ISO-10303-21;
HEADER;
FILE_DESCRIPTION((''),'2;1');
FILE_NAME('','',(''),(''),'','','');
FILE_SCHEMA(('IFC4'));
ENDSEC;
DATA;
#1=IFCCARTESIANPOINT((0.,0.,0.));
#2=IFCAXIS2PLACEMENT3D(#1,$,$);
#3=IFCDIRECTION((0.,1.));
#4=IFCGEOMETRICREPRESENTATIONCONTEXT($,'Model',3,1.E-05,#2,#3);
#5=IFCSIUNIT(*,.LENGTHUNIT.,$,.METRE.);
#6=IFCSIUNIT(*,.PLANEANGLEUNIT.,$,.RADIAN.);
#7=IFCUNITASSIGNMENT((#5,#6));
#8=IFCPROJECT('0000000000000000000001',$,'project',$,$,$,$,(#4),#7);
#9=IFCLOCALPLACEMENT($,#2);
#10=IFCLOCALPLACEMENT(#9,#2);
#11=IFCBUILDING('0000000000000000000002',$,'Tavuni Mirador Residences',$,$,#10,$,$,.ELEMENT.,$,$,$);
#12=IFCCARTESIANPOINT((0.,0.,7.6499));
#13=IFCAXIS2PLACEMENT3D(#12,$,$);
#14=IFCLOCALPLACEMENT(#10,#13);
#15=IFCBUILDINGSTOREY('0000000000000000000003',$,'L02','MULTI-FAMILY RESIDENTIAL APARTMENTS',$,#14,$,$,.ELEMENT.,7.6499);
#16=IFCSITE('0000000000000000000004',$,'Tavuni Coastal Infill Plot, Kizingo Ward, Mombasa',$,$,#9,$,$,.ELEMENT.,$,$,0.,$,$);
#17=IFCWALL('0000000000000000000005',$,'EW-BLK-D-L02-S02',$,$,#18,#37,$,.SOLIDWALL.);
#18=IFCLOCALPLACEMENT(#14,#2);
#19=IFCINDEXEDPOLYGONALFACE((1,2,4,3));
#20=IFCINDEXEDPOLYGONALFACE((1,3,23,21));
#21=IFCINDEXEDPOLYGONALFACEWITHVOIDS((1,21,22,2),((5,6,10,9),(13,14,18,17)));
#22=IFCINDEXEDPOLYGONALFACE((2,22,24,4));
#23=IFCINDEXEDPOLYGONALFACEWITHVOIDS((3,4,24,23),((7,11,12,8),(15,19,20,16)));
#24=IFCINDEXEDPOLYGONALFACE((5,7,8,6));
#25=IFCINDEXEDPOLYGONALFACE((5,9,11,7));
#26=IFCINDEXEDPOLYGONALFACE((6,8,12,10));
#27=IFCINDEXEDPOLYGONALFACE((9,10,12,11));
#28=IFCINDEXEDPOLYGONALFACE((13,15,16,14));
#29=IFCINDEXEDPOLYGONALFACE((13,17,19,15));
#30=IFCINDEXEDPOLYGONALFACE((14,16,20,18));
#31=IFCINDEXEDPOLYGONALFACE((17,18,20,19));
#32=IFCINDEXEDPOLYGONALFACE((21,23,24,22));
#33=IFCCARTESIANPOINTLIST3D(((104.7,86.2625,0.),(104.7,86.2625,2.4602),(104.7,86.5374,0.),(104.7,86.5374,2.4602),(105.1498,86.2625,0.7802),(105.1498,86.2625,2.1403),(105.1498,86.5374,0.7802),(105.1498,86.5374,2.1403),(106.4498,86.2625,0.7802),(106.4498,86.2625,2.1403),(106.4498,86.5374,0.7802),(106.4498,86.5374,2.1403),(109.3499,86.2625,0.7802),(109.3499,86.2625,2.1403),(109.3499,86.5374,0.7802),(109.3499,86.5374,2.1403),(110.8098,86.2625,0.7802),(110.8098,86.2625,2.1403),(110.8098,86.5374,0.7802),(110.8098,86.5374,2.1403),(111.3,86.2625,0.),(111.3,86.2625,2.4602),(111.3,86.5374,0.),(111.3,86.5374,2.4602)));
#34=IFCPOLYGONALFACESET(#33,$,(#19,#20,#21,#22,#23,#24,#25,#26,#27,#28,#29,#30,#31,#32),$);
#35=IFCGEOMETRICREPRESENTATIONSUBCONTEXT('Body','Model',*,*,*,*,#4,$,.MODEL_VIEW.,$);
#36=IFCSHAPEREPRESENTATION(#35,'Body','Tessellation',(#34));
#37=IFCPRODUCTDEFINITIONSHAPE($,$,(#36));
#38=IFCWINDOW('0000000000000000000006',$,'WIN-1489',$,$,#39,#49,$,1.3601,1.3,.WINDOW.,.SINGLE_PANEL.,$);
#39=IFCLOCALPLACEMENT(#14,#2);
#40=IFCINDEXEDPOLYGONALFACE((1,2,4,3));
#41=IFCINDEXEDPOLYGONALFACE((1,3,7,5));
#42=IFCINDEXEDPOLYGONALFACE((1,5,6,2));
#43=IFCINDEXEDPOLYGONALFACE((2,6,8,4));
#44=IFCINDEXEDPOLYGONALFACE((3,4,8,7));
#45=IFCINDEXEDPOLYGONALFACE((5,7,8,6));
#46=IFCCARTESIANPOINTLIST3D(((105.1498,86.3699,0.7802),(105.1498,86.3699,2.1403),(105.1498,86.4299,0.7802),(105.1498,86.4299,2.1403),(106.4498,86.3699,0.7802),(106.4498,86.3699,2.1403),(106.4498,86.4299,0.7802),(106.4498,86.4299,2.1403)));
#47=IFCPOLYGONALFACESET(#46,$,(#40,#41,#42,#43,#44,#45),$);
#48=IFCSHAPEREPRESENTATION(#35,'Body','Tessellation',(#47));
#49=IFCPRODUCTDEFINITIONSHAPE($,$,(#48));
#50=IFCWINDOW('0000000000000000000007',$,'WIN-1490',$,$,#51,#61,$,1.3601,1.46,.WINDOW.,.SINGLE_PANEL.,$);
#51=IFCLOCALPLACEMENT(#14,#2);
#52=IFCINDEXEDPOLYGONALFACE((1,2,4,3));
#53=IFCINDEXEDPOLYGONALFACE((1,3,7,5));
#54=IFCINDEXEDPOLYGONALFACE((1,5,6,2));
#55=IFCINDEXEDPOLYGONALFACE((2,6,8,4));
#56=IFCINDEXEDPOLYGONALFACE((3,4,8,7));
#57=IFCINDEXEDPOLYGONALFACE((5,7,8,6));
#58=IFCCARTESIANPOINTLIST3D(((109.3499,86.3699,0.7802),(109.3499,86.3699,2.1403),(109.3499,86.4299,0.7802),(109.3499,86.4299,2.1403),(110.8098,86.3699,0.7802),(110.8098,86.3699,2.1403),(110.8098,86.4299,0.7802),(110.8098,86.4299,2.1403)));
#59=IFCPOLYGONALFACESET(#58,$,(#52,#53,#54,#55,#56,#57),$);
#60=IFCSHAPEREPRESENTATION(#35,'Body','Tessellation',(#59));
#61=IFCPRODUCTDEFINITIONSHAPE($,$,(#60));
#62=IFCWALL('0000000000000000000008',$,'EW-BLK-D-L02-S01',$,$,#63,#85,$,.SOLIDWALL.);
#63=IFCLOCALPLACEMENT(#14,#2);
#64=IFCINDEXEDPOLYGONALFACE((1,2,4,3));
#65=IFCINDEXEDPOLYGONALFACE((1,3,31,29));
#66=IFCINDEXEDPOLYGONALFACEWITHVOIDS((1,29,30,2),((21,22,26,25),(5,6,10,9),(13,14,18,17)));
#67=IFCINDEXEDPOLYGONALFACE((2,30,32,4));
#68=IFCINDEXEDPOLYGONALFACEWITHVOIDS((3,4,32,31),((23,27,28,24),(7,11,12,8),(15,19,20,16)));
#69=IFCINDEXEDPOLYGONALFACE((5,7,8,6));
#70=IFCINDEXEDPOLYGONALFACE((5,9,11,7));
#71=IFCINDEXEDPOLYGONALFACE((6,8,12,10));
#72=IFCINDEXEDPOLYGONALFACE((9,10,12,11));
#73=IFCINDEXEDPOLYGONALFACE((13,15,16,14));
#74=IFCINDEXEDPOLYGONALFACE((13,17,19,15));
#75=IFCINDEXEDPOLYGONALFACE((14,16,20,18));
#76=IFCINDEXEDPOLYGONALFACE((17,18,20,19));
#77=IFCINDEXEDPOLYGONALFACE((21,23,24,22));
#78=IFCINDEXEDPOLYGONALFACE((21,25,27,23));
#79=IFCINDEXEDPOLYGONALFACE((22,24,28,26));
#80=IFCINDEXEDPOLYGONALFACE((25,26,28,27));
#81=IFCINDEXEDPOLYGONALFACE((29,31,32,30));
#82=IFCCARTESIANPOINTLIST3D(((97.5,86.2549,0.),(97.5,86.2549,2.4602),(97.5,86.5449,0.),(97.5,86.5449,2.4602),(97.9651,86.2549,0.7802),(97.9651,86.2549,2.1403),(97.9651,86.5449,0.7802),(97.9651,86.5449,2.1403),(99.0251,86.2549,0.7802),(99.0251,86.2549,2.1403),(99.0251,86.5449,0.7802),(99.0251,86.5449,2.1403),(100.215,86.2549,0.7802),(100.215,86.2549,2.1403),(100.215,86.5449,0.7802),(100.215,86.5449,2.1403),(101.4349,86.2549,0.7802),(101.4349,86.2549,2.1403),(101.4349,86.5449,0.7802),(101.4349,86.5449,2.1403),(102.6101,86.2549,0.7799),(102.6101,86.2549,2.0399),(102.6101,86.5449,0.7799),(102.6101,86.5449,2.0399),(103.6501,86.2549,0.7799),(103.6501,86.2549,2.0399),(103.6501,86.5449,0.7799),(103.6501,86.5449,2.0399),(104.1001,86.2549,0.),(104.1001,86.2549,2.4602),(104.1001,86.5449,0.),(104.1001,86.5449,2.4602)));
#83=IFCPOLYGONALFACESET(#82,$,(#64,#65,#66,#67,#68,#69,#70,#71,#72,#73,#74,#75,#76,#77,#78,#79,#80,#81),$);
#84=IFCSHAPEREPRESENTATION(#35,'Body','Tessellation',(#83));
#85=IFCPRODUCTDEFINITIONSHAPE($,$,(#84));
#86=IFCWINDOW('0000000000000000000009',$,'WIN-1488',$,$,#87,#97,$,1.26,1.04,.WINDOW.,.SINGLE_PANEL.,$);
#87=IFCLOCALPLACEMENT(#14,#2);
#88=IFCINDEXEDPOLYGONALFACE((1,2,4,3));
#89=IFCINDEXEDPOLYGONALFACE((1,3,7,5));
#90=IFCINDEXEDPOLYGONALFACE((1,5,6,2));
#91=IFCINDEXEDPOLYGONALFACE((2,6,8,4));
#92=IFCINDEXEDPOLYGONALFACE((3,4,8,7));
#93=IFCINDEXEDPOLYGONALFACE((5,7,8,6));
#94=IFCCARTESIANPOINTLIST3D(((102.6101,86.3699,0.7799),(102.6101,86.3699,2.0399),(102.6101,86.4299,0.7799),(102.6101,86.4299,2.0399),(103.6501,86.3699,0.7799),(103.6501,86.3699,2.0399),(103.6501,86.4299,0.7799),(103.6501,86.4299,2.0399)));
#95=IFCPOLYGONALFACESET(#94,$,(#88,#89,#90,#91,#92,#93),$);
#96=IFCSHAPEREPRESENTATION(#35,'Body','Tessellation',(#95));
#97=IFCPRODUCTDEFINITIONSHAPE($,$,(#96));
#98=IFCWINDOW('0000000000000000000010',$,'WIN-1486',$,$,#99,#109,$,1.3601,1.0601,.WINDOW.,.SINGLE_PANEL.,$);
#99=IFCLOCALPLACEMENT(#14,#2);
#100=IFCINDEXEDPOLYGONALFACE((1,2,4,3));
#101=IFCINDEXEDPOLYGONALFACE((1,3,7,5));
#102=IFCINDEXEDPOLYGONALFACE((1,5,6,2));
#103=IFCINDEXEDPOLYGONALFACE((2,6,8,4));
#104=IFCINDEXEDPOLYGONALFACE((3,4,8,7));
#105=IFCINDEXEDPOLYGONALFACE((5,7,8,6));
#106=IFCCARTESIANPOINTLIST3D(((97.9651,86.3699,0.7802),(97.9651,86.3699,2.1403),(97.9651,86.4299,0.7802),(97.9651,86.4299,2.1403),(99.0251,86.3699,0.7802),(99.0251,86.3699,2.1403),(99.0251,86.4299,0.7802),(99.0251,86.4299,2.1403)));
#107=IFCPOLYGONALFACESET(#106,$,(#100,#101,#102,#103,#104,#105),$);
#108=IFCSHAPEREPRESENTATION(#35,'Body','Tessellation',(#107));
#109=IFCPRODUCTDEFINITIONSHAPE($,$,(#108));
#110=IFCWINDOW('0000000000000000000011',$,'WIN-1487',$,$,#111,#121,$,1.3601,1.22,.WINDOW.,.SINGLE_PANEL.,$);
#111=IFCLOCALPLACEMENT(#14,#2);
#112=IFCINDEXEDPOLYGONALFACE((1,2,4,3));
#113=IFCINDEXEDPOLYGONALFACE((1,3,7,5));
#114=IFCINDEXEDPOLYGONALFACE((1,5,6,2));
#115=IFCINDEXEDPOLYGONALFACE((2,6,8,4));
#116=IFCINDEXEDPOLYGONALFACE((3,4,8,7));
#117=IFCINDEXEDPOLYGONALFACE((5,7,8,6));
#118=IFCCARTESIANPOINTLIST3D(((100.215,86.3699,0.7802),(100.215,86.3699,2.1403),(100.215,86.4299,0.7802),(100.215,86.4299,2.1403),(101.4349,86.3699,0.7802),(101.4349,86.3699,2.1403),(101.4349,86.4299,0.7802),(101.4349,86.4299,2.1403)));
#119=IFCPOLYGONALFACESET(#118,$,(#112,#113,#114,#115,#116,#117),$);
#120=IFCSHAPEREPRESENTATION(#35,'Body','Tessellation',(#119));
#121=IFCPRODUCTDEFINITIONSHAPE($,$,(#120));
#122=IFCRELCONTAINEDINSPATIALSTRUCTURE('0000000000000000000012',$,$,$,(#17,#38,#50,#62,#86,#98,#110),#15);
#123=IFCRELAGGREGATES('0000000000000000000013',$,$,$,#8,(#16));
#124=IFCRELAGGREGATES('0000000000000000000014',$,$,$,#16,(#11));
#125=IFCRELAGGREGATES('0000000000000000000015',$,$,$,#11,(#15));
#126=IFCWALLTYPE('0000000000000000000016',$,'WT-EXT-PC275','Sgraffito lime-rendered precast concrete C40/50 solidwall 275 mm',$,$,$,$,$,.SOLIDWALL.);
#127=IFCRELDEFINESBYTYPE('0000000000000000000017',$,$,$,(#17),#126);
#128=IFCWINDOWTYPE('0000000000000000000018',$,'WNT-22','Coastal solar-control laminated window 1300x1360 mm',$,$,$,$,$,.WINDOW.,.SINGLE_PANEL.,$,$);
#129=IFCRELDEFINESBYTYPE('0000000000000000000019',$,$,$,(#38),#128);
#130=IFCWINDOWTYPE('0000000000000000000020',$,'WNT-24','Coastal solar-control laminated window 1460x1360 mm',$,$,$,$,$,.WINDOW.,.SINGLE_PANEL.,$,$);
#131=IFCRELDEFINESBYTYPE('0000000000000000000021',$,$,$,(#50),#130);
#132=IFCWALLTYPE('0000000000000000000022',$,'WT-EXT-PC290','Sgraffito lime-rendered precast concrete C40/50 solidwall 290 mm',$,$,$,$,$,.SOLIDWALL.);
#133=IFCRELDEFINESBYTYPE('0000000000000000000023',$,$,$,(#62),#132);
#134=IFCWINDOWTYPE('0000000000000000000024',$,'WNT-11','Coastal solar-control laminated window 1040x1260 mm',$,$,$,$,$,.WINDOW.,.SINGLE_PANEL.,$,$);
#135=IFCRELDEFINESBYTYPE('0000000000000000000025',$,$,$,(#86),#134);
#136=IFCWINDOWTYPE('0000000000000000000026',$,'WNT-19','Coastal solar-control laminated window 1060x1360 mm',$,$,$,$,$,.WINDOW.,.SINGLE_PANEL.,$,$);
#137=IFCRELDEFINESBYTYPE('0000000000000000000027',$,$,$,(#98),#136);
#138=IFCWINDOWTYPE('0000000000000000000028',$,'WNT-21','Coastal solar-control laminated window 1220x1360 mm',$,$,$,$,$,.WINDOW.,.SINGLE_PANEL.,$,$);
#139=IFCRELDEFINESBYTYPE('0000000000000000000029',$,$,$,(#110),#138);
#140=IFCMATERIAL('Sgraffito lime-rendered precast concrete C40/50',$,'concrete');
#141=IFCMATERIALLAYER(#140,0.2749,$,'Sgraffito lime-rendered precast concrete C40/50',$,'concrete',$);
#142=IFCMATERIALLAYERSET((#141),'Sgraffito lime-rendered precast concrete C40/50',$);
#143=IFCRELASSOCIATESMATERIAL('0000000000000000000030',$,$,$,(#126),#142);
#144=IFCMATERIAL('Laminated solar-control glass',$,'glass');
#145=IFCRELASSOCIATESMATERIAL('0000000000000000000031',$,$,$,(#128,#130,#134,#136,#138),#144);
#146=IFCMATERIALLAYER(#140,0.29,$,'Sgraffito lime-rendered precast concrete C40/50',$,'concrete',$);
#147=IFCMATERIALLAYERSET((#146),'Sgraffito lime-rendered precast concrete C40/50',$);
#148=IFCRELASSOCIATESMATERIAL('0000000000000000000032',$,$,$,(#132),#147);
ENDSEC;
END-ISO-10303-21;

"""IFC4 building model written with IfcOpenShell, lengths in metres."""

from ifc_helpers import new_model, si_unit, direction, frame, frame_2d, origin, place, context, subcontext, project, spatial, rectangle, extrude, material, layer, layer_set, type_object, element, fill, save


model = new_model("IFC4")

# Units and contexts
model_context = context("Model", 3, precision=1e-05, world=origin(), true_north=direction((0.0, 1.0)))
body_context = subcontext(model_context, "Body", "Model", "MODEL_VIEW")
ifc_project = project(units=[si_unit("LENGTHUNIT", "METRE"), si_unit("PLANEANGLEUNIT", "RADIAN")], contexts=[model_context])

# Site, building, storey
site_placement = place(None, origin())
site = spatial("IfcSite", under=ifc_project, at=site_placement, Name="Tavuni Coastal Infill Plot, Kizingo Ward, Mombasa", CompositionType="ELEMENT", RefElevation=0.0)
building_placement = place(site_placement, origin())
building = spatial("IfcBuilding", under=site, at=building_placement, Name="Tavuni Mirador Residences", CompositionType="ELEMENT")
storey_placement = place(building_placement, frame((0.0, 0.0, 7.6499)))
storey = spatial("IfcBuildingStorey", under=building, at=storey_placement, Name="L02", Description="MULTI-FAMILY RESIDENTIAL APARTMENTS", CompositionType="ELEMENT", Elevation=7.6499)

# Walls, openings, windows
ifc_material_1 = material(Name="Sgraffito lime-rendered precast concrete C40/50", Category="concrete")
ifc_layer_1 = layer(ifc_material_1, 0.2749, Name="Sgraffito lime-rendered precast concrete C40/50", Category="concrete")
ifc_layer_set_1 = layer_set([ifc_layer_1], Name="Sgraffito lime-rendered precast concrete C40/50")
wall_type_1 = type_object("IfcWallType", Name="WT-EXT-PC275", Description="Sgraffito lime-rendered precast concrete C40/50 solidwall 275 mm", PredefinedType="SOLIDWALL", material=ifc_layer_set_1)
wall_1_placement = place(storey_placement, frame((104.7, 86.3999, 0.0), z_axis=(0.0, 0.0, 1.0), x_axis=(1.0, 0.0, 0.0)))
wall_1 = element("IfcWall", 1, at=wall_1_placement, inside=storey, type_object=wall_type_1, Name="EW-BLK-D-L02-S02", PredefinedType="SOLIDWALL", context=body_context, shape_type="SweptSolid", body=[
    extrude(rectangle(XDim=6.6001, YDim=0.2749, at=frame_2d((3.3, 0.0))), origin(), (0.0, 0.0, 1.0), 2.4602),
])
opening_1_placement = place(wall_1_placement, frame((0.45, 0.0, 0.78)))
opening_1 = element("IfcOpeningElement", 2, at=opening_1_placement, cuts=wall_1, PredefinedType="OPENING", context=body_context, shape_type="SweptSolid", body=[
    extrude(rectangle(XDim=1.3, YDim=1.3601, at=frame_2d((0.6499, 0.6802))), frame((0.0, 0.1475, 0.0), z_axis=(0.0, -1.0, 0.0), x_axis=(1.0, 0.0, 0.0)), (0.0, 0.0, 1.0), 0.2949),
])
opening_2_placement = place(wall_1_placement, frame((4.6499, 0.0, 0.78)))
opening_2 = element("IfcOpeningElement", 3, at=opening_2_placement, cuts=wall_1, PredefinedType="OPENING", context=body_context, shape_type="SweptSolid", body=[
    extrude(rectangle(XDim=1.46, YDim=1.3601, at=frame_2d((0.73, 0.6802))), frame((0.0, 0.1475, 0.0), z_axis=(0.0, -1.0, 0.0), x_axis=(1.0, 0.0, 0.0)), (0.0, 0.0, 1.0), 0.2949),
])
ifc_material_2 = material(Name="Laminated solar-control glass", Category="glass")
window_type_1 = type_object("IfcWindowType", Name="WNT-22", Description="Coastal solar-control laminated window 1300x1360 mm", PartitioningType="SINGLE_PANEL", PredefinedType="WINDOW", material=ifc_material_2)
window_1_placement = place(opening_1_placement, origin())
window_1 = element("IfcWindow", 4, at=window_1_placement, inside=storey, type_object=window_type_1, Name="WIN-1489", OverallHeight=1.3601, OverallWidth=1.3, PartitioningType="SINGLE_PANEL", PredefinedType="WINDOW", context=body_context, shape_type="SweptSolid", body=[
    extrude(rectangle(XDim=1.3, YDim=1.3601, at=frame_2d((0.6499, 0.6802))), frame((0.0, 0.03, 0.0), z_axis=(0.0, -1.0, 0.0), x_axis=(1.0, 0.0, 0.0)), (0.0, 0.0, 1.0), 0.0601),
])
fill(opening_1, window_1)
window_type_2 = type_object("IfcWindowType", Name="WNT-24", Description="Coastal solar-control laminated window 1460x1360 mm", PartitioningType="SINGLE_PANEL", PredefinedType="WINDOW", material=ifc_material_2)
window_2_placement = place(opening_2_placement, origin())
window_2 = element("IfcWindow", 5, at=window_2_placement, inside=storey, type_object=window_type_2, Name="WIN-1490", OverallHeight=1.3601, OverallWidth=1.46, PartitioningType="SINGLE_PANEL", PredefinedType="WINDOW", context=body_context, shape_type="SweptSolid", body=[
    extrude(rectangle(XDim=1.46, YDim=1.3601, at=frame_2d((0.73, 0.6802))), frame((0.0, 0.03, 0.0), z_axis=(0.0, -1.0, 0.0), x_axis=(1.0, 0.0, 0.0)), (0.0, 0.0, 1.0), 0.0601),
])
fill(opening_2, window_2)
ifc_layer_2 = layer(ifc_material_1, 0.29, Name="Sgraffito lime-rendered precast concrete C40/50", Category="concrete")
ifc_layer_set_2 = layer_set([ifc_layer_2], Name="Sgraffito lime-rendered precast concrete C40/50")
wall_type_2 = type_object("IfcWallType", Name="WT-EXT-PC290", Description="Sgraffito lime-rendered precast concrete C40/50 solidwall 290 mm", PredefinedType="SOLIDWALL", material=ifc_layer_set_2)
wall_2_placement = place(storey_placement, frame((97.5, 86.3999, 0.0), z_axis=(0.0, 0.0, 1.0), x_axis=(1.0, 0.0, 0.0)))
wall_2 = element("IfcWall", 6, at=wall_2_placement, inside=storey, type_object=wall_type_2, Name="EW-BLK-D-L02-S01", PredefinedType="SOLIDWALL", context=body_context, shape_type="SweptSolid", body=[
    extrude(rectangle(XDim=6.6001, YDim=0.29, at=frame_2d((3.3, 0.0))), origin(), (0.0, 0.0, 1.0), 2.4602),
])
opening_3_placement = place(wall_2_placement, frame((0.4651, 0.0, 0.78)))
opening_3 = element("IfcOpeningElement", 7, at=opening_3_placement, cuts=wall_2, PredefinedType="OPENING", context=body_context, shape_type="SweptSolid", body=[
    extrude(rectangle(XDim=1.0601, YDim=1.3601, at=frame_2d((0.53, 0.6802))), frame((0.0, 0.155, 0.0), z_axis=(0.0, -1.0, 0.0), x_axis=(1.0, 0.0, 0.0)), (0.0, 0.0, 1.0), 0.3101),
])
opening_4_placement = place(wall_2_placement, frame((2.7151, 0.0, 0.78)))
opening_4 = element("IfcOpeningElement", 8, at=opening_4_placement, cuts=wall_2, PredefinedType="OPENING", context=body_context, shape_type="SweptSolid", body=[
    extrude(rectangle(XDim=1.22, YDim=1.3601, at=frame_2d((0.6099, 0.6802))), frame((0.0, 0.155, 0.0), z_axis=(0.0, -1.0, 0.0), x_axis=(1.0, 0.0, 0.0)), (0.0, 0.0, 1.0), 0.3101),
])
opening_5_placement = place(wall_2_placement, frame((5.1101, 0.0, 0.78)))
opening_5 = element("IfcOpeningElement", 9, at=opening_5_placement, cuts=wall_2, PredefinedType="OPENING", context=body_context, shape_type="SweptSolid", body=[
    extrude(rectangle(XDim=1.04, YDim=1.26, at=frame_2d((0.52, 0.6299))), frame((0.0, 0.155, 0.0), z_axis=(0.0, -1.0, 0.0), x_axis=(1.0, 0.0, 0.0)), (0.0, 0.0, 1.0), 0.3101),
])
window_type_3 = type_object("IfcWindowType", Name="WNT-11", Description="Coastal solar-control laminated window 1040x1260 mm", PartitioningType="SINGLE_PANEL", PredefinedType="WINDOW", material=ifc_material_2)
window_3_placement = place(opening_5_placement, origin())
window_3 = element("IfcWindow", 10, at=window_3_placement, inside=storey, type_object=window_type_3, Name="WIN-1488", OverallHeight=1.26, OverallWidth=1.04, PartitioningType="SINGLE_PANEL", PredefinedType="WINDOW", context=body_context, shape_type="SweptSolid", body=[
    extrude(rectangle(XDim=1.04, YDim=1.26, at=frame_2d((0.52, 0.6299))), frame((0.0, 0.03, 0.0), z_axis=(0.0, -1.0, 0.0), x_axis=(1.0, 0.0, 0.0)), (0.0, 0.0, 1.0), 0.0601),
])
fill(opening_5, window_3)
window_type_4 = type_object("IfcWindowType", Name="WNT-19", Description="Coastal solar-control laminated window 1060x1360 mm", PartitioningType="SINGLE_PANEL", PredefinedType="WINDOW", material=ifc_material_2)
window_4_placement = place(opening_3_placement, origin())
window_4 = element("IfcWindow", 11, at=window_4_placement, inside=storey, type_object=window_type_4, Name="WIN-1486", OverallHeight=1.3601, OverallWidth=1.0601, PartitioningType="SINGLE_PANEL", PredefinedType="WINDOW", context=body_context, shape_type="SweptSolid", body=[
    extrude(rectangle(XDim=1.0601, YDim=1.3601, at=frame_2d((0.53, 0.6802))), frame((0.0, 0.03, 0.0), z_axis=(0.0, -1.0, 0.0), x_axis=(1.0, 0.0, 0.0)), (0.0, 0.0, 1.0), 0.0601),
])
fill(opening_3, window_4)
window_type_5 = type_object("IfcWindowType", Name="WNT-21", Description="Coastal solar-control laminated window 1220x1360 mm", PartitioningType="SINGLE_PANEL", PredefinedType="WINDOW", material=ifc_material_2)
window_5_placement = place(opening_4_placement, origin())
window_5 = element("IfcWindow", 12, at=window_5_placement, inside=storey, type_object=window_type_5, Name="WIN-1487", OverallHeight=1.3601, OverallWidth=1.22, PartitioningType="SINGLE_PANEL", PredefinedType="WINDOW", context=body_context, shape_type="SweptSolid", body=[
    extrude(rectangle(XDim=1.22, YDim=1.3601, at=frame_2d((0.6099, 0.6802))), frame((0.0, 0.03, 0.0), z_axis=(0.0, -1.0, 0.0), x_axis=(1.0, 0.0, 0.0)), (0.0, 0.0, 1.0), 0.0601),
])
fill(opening_4, window_5)

save(model, "model.ifc")
